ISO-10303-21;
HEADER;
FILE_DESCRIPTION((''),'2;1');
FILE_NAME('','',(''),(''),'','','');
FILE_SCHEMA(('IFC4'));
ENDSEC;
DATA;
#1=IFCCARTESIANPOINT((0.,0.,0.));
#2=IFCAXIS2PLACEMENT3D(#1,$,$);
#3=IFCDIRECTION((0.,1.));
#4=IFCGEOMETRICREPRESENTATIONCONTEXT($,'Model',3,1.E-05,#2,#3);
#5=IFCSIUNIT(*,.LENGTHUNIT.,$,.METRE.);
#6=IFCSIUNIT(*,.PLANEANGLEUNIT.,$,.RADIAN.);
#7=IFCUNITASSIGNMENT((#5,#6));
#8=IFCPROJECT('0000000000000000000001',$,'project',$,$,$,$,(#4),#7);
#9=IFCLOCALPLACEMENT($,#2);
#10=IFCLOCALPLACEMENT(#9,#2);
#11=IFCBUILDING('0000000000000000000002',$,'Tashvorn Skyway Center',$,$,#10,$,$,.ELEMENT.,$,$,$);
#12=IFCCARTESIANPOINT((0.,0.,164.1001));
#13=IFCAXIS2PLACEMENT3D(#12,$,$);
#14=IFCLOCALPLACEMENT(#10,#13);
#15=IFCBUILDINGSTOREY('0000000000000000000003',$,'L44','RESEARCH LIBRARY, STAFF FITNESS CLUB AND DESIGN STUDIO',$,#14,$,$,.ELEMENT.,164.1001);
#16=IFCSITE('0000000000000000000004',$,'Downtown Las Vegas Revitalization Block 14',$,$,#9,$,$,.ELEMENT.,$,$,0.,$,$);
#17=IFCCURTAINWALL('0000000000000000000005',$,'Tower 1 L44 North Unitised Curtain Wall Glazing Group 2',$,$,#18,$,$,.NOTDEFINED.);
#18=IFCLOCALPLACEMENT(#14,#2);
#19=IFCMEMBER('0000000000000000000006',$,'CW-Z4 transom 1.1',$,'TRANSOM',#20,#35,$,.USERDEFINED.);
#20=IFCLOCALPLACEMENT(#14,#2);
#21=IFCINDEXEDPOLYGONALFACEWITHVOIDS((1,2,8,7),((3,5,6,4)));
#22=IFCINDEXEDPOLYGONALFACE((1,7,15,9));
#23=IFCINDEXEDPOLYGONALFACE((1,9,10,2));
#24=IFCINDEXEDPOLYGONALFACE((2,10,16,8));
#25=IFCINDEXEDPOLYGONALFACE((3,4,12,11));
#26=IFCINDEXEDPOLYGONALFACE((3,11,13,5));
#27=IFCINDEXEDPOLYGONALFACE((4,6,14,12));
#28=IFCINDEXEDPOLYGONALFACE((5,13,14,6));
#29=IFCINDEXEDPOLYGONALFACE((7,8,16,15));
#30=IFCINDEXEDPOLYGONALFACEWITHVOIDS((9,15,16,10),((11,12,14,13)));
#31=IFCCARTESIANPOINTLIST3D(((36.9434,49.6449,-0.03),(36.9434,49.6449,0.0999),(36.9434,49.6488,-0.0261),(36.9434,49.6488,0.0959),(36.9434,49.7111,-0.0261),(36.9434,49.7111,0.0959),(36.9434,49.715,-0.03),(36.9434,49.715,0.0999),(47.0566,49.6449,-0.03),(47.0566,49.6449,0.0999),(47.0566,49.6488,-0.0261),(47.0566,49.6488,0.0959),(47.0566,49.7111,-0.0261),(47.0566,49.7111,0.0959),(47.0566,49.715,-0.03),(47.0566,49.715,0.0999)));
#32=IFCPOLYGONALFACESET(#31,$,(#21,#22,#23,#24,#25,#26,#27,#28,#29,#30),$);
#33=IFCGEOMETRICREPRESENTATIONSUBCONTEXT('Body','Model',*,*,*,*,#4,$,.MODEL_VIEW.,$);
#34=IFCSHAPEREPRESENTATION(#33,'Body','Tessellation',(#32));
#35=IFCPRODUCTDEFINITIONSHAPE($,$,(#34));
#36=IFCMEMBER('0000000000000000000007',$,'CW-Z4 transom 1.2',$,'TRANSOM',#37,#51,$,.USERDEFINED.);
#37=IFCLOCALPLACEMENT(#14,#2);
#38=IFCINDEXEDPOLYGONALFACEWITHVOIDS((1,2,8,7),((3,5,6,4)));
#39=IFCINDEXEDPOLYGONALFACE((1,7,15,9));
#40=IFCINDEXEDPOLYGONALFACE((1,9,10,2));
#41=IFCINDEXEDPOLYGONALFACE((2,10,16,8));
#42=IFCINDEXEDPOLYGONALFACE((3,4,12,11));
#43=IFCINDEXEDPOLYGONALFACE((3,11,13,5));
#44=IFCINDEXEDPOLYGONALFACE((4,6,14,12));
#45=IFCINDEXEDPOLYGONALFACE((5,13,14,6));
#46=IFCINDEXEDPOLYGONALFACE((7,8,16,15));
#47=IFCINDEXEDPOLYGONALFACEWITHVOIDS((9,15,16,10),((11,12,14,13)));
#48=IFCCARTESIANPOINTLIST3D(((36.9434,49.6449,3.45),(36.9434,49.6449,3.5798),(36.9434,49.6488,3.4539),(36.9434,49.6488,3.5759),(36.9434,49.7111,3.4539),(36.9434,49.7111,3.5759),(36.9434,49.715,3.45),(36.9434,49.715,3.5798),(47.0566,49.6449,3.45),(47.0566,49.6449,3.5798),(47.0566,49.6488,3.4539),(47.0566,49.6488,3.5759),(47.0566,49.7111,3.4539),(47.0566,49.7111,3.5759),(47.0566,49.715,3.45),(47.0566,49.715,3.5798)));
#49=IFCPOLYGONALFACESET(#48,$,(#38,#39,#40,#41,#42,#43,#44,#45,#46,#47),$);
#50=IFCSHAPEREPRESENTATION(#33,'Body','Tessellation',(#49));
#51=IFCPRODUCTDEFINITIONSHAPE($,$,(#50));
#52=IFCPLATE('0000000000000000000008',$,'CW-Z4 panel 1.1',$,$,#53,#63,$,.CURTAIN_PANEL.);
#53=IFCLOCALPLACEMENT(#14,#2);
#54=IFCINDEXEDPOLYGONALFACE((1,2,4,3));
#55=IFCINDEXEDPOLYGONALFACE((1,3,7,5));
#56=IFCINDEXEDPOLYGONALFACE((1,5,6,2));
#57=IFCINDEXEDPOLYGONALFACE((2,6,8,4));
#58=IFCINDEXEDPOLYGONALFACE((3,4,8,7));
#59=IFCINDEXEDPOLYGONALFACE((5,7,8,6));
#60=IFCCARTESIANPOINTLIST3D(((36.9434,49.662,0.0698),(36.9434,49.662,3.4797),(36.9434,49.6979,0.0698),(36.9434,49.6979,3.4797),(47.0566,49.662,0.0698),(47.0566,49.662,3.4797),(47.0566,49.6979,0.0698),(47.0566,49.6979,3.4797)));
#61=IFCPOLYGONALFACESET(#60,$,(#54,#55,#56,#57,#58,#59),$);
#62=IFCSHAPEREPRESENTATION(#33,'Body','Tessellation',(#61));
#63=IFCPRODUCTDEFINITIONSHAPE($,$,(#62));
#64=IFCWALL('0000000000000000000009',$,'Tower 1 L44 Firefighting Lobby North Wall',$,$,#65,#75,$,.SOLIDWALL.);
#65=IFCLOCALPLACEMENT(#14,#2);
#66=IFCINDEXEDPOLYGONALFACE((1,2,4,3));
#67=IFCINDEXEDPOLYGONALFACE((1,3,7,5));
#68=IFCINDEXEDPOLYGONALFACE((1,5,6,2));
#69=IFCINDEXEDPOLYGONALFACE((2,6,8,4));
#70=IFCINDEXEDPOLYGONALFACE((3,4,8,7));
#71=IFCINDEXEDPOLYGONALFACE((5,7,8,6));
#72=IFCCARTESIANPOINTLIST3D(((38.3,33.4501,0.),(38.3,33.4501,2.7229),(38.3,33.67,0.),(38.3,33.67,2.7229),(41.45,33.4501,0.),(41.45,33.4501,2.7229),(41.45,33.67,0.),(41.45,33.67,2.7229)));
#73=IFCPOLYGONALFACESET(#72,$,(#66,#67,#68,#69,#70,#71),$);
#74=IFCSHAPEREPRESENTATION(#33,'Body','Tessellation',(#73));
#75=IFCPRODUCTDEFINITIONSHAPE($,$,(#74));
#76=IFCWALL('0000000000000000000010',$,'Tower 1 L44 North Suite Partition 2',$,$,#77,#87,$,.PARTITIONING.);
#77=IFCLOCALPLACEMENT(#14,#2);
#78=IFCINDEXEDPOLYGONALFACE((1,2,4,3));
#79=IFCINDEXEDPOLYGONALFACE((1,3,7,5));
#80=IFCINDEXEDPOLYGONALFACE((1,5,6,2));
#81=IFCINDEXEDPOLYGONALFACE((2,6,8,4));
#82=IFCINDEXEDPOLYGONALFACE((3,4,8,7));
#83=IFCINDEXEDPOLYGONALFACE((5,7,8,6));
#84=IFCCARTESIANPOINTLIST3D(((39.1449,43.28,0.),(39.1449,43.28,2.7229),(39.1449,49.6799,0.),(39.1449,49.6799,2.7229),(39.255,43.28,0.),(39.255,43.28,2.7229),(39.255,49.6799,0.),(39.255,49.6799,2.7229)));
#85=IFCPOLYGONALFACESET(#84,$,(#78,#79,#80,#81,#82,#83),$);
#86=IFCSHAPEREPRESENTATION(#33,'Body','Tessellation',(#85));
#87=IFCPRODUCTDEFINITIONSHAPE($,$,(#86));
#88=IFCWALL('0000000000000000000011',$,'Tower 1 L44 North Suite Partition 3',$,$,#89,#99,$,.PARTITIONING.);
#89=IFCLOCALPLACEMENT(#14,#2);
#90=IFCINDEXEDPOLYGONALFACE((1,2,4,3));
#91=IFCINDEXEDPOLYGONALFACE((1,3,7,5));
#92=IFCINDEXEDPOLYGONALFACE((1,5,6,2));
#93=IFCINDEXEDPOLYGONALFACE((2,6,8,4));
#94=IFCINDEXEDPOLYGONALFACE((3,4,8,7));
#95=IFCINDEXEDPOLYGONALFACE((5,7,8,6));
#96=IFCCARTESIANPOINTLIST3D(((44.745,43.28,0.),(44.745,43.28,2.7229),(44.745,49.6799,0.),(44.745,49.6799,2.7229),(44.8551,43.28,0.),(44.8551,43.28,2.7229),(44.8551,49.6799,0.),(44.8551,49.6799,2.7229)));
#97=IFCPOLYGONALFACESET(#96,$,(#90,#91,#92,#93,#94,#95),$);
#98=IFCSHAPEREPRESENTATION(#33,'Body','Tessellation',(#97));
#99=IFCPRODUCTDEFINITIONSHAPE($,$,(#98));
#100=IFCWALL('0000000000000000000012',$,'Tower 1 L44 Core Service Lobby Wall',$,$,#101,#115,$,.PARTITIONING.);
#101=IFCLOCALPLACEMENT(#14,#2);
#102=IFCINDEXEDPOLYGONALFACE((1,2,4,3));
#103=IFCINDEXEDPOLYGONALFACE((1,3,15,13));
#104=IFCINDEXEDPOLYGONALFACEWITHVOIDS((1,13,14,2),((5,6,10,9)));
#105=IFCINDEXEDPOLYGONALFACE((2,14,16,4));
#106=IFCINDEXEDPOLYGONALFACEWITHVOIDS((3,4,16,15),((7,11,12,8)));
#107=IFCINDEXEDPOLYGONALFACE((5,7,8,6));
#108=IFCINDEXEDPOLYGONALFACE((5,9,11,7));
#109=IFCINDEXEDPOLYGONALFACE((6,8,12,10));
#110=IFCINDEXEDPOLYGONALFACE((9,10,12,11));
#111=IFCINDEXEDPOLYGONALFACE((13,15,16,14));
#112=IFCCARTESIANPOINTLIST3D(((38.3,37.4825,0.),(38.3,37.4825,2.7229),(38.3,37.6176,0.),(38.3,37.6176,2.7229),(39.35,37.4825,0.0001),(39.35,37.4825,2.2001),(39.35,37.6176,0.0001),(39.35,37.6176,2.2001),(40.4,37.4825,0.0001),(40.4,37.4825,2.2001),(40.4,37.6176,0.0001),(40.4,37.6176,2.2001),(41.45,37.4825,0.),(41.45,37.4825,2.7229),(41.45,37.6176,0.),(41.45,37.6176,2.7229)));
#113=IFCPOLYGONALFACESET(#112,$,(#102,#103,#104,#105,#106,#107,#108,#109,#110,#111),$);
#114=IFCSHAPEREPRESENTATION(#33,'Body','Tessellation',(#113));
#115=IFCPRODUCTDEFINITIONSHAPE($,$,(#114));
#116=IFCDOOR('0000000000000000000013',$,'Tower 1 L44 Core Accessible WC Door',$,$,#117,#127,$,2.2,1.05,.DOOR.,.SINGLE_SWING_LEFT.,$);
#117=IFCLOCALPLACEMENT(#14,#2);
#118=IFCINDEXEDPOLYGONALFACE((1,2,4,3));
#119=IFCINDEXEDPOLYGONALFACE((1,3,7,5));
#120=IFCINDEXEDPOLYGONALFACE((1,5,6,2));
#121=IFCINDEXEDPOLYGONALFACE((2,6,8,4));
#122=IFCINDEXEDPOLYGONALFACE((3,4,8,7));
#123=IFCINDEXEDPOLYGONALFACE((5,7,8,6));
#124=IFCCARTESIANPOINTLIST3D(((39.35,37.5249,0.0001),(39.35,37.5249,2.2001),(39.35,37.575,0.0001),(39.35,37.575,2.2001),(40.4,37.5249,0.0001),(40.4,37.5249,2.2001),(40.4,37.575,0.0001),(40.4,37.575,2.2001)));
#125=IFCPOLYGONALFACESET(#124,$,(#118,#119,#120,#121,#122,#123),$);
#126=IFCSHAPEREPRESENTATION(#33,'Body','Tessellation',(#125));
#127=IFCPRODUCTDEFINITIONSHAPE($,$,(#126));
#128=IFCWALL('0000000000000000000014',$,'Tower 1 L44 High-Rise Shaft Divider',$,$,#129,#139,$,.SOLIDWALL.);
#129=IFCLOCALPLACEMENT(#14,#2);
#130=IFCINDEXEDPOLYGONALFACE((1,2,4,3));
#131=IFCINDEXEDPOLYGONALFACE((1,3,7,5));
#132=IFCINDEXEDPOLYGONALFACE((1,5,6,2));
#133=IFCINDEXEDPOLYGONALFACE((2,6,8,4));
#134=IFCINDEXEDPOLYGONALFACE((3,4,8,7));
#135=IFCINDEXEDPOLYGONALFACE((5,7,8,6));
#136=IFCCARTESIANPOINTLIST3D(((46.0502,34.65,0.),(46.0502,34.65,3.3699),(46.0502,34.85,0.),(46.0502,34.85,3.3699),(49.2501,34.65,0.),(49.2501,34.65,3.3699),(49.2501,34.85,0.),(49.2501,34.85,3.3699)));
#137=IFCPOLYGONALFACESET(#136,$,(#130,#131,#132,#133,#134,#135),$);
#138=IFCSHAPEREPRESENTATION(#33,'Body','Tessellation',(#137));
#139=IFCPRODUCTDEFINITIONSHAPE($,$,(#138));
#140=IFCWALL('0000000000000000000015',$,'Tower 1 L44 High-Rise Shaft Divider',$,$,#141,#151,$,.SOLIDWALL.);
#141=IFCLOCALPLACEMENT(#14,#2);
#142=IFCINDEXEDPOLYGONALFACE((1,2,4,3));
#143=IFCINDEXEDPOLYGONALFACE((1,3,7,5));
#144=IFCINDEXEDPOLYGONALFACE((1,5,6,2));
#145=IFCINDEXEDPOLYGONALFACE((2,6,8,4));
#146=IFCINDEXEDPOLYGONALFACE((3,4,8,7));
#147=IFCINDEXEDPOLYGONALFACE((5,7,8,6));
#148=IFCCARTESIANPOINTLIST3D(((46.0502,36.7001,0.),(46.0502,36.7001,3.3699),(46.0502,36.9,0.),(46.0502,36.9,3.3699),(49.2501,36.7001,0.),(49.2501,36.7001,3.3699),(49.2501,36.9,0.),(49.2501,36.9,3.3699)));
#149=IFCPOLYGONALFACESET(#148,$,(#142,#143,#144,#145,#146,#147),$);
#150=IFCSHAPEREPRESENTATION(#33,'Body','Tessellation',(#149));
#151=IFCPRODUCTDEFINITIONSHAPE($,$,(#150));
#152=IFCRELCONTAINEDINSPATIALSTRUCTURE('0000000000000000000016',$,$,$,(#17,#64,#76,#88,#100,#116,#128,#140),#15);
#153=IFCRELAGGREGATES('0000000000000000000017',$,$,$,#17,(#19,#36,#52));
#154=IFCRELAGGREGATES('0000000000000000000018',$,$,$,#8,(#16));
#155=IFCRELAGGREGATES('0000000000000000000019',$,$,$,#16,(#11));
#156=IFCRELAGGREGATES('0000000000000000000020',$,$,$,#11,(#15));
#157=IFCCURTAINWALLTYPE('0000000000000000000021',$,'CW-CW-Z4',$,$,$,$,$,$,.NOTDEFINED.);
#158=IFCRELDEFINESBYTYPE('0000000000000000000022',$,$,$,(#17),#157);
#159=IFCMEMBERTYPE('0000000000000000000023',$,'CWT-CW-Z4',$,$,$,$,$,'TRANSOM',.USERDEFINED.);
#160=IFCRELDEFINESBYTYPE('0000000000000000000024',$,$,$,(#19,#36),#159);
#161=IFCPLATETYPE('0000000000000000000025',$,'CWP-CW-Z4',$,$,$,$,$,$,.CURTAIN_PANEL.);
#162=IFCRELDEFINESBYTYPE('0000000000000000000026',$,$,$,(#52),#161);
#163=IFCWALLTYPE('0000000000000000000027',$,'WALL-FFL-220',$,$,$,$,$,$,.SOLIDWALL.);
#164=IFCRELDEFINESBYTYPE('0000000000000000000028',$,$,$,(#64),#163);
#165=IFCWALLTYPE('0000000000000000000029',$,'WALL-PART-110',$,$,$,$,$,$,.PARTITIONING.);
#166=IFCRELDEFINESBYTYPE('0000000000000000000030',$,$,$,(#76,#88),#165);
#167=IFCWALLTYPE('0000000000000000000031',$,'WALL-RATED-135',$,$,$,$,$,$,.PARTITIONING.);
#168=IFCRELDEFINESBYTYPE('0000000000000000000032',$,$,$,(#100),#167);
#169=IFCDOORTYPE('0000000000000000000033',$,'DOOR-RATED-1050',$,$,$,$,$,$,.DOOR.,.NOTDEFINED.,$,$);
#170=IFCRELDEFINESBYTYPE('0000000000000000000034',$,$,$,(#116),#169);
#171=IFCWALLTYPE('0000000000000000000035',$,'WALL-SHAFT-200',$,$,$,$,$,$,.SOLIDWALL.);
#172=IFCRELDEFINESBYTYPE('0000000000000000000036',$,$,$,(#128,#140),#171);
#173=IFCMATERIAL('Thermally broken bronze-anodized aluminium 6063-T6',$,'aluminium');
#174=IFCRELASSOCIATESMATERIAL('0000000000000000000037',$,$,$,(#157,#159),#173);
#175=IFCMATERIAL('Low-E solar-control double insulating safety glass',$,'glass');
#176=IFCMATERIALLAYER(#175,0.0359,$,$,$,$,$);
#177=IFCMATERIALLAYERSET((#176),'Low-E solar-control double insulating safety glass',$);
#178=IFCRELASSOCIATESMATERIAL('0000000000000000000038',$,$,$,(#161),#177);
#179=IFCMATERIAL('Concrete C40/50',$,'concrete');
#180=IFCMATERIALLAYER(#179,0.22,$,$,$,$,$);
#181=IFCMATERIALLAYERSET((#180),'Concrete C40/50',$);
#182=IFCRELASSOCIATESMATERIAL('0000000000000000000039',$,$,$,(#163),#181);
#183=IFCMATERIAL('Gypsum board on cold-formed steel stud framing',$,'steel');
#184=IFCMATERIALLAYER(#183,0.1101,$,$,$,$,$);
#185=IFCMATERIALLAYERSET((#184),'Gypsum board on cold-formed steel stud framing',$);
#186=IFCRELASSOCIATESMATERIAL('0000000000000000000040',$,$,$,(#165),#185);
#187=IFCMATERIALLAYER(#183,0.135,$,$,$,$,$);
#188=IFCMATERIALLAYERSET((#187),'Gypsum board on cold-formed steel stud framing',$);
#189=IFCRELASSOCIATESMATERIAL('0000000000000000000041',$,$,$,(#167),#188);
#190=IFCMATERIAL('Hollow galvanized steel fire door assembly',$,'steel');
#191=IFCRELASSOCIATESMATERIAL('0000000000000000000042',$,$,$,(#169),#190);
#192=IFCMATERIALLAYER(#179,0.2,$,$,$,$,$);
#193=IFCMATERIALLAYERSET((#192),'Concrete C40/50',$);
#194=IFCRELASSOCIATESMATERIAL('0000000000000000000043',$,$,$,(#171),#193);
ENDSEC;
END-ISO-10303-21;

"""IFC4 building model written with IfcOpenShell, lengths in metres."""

from ifc_helpers import new_model, si_unit, direction, frame, frame_2d, origin, origin_2d, place, context, subcontext, project, spatial, rectangle, hollow_rectangle, extrude, material, layer, layer_set, material_profile, profile_set, type_object, element, fill, aggregate, save


model = new_model("IFC4")

# Units and contexts
model_context = context("Model", 3, precision=1e-05, world=origin(), true_north=direction((0.0, 1.0)))
body_context = subcontext(model_context, "Body", "Model", "MODEL_VIEW")
ifc_project = project(units=[si_unit("LENGTHUNIT", "METRE"), si_unit("PLANEANGLEUNIT", "RADIAN")], contexts=[model_context])

# Site, building, storey
site_placement = place(None, origin())
site = spatial("IfcSite", under=ifc_project, at=site_placement, Name="Downtown Las Vegas Revitalization Block 14", CompositionType="ELEMENT", RefElevation=0.0)
building_placement = place(site_placement, origin())
building = spatial("IfcBuilding", under=site, at=building_placement, Name="Tashvorn Skyway Center", CompositionType="ELEMENT")
storey_placement = place(building_placement, frame((0.0, 0.0, 164.1001)))
storey = spatial("IfcBuildingStorey", under=building, at=storey_placement, Name="L44", Description="RESEARCH LIBRARY, STAFF FITNESS CLUB AND DESIGN STUDIO", CompositionType="ELEMENT", Elevation=164.1001)

# Shared definitions
ifc_material_1 = material(Name="Thermally broken bronze-anodized aluminium 6063-T6", Category="aluminium")
curtain_wall_type = type_object("IfcCurtainWallType", Name="CW-CW-Z4", PredefinedType="NOTDEFINED", material=ifc_material_1)

# Curtain wall
curtain_wall_1_placement = place(storey_placement, origin())
curtain_wall_1 = element("IfcCurtainWall", 1, at=curtain_wall_1_placement, inside=storey, type_object=curtain_wall_type, Name="Tower 1 L44 North Unitised Curtain Wall Glazing Group 2", PredefinedType="NOTDEFINED")

# Members
ifc_material_profile_1 = material_profile(ifc_material_1, hollow_rectangle(XDim=0.0701, YDim=0.1299, WallThickness=0.0039, at=origin_2d()), Name="ALU-TRAN-70x130")
ifc_profile_set_1 = profile_set([ifc_material_profile_1], Name="Thermally broken bronze-anodized aluminium 6063-T6")
member_type_1 = type_object("IfcMemberType", Name="CWT-CW-Z4", ElementType="TRANSOM", PredefinedType="USERDEFINED", material=ifc_profile_set_1)
member_1_placement = place(storey_placement, frame((36.9434, 49.6799, 0.0349), z_axis=(1.0, 0.0, 0.0), x_axis=(0.0, 1.0, 0.0)))
member_1 = element("IfcMember", 2, at=member_1_placement, type_object=member_type_1, Name="CW-Z4 transom 1.1", ObjectType="TRANSOM", PredefinedType="USERDEFINED", context=body_context, shape_type="SweptSolid", body=[
    extrude(hollow_rectangle(XDim=0.0701, YDim=0.1299, WallThickness=0.0039, at=origin_2d()), origin(), (0.0, 0.0, 1.0), 10.1133),
])
member_2_placement = place(storey_placement, frame((36.9434, 49.6799, 3.5149), z_axis=(1.0, 0.0, 0.0), x_axis=(0.0, 1.0, 0.0)))
member_2 = element("IfcMember", 3, at=member_2_placement, type_object=member_type_1, Name="CW-Z4 transom 1.2", ObjectType="TRANSOM", PredefinedType="USERDEFINED", context=body_context, shape_type="SweptSolid", body=[
    extrude(hollow_rectangle(XDim=0.0701, YDim=0.1299, WallThickness=0.0039, at=origin_2d()), origin(), (0.0, 0.0, 1.0), 10.1133),
])

# Plate
ifc_material_2 = material(Name="Low-E solar-control double insulating safety glass", Category="glass")
ifc_layer_1 = layer(ifc_material_2, 0.0359)
ifc_layer_set_1 = layer_set([ifc_layer_1], Name="Low-E solar-control double insulating safety glass")
plate_type = type_object("IfcPlateType", Name="CWP-CW-Z4", PredefinedType="CURTAIN_PANEL", material=ifc_layer_set_1)
plate_placement = place(storey_placement, frame((42.0, 49.6799, 0.0698), z_axis=(0.0, 0.0, 1.0), x_axis=(1.0, 0.0, 0.0)))
plate = element("IfcPlate", 4, at=plate_placement, type_object=plate_type, Name="CW-Z4 panel 1.1", PredefinedType="CURTAIN_PANEL", context=body_context, shape_type="SweptSolid", body=[
    extrude(rectangle(XDim=10.1133, YDim=0.0359, at=origin_2d()), origin(), (0.0, 0.0, 1.0), 3.4099),
])
aggregate(curtain_wall_1, [member_1, member_2, plate])

# Walls
ifc_material_3 = material(Name="Concrete C40/50", Category="concrete")
ifc_layer_2 = layer(ifc_material_3, 0.22)
ifc_layer_set_2 = layer_set([ifc_layer_2], Name="Concrete C40/50")
wall_type_1 = type_object("IfcWallType", Name="WALL-FFL-220", PredefinedType="SOLIDWALL", material=ifc_layer_set_2)
wall_1_placement = place(storey_placement, frame((38.3, 33.5601, 0.0), z_axis=(0.0, 0.0, 1.0), x_axis=(1.0, 0.0, 0.0)))
element("IfcWall", 5, at=wall_1_placement, inside=storey, type_object=wall_type_1, Name="Tower 1 L44 Firefighting Lobby North Wall", PredefinedType="SOLIDWALL", context=body_context, shape_type="SweptSolid", body=[
    extrude(rectangle(XDim=3.1499, YDim=0.22, at=frame_2d((1.575, 0.0))), origin(), (0.0, 0.0, 1.0), 2.7229),
])
ifc_material_4 = material(Name="Gypsum board on cold-formed steel stud framing", Category="steel")
ifc_layer_3 = layer(ifc_material_4, 0.1101)
ifc_layer_set_3 = layer_set([ifc_layer_3], Name="Gypsum board on cold-formed steel stud framing")
wall_type_2 = type_object("IfcWallType", Name="WALL-PART-110", PredefinedType="PARTITIONING", material=ifc_layer_set_3)
for number, where, z_axis, x_axis, name in (
    (6, (39.2, 43.28, 0.0), (0.0, 0.0, 1.0), (0.0, 1.0, 0.0), "Tower 1 L44 North Suite Partition 2"),
    (7, (44.8, 43.28, 0.0), (0.0, 0.0, 1.0), (0.0, 1.0, 0.0), "Tower 1 L44 North Suite Partition 3"),
):
    element("IfcWall", number, at=place(storey_placement, frame(where, z_axis=z_axis, x_axis=x_axis)), inside=storey, type_object=wall_type_2, Name=name, PredefinedType="PARTITIONING", context=body_context, shape_type="SweptSolid", body=[
        extrude(rectangle(XDim=6.3999, YDim=0.1101, at=frame_2d((3.2, 0.0))), origin(), (0.0, 0.0, 1.0), 2.7229),
    ])

# Wall, opening, door
ifc_layer_4 = layer(ifc_material_4, 0.135)
ifc_layer_set_4 = layer_set([ifc_layer_4], Name="Gypsum board on cold-formed steel stud framing")
wall_type_3 = type_object("IfcWallType", Name="WALL-RATED-135", PredefinedType="PARTITIONING", material=ifc_layer_set_4)
wall_2_placement = place(storey_placement, frame((38.3, 37.55, 0.0), z_axis=(0.0, 0.0, 1.0), x_axis=(1.0, 0.0, 0.0)))
wall_2 = element("IfcWall", 8, at=wall_2_placement, inside=storey, type_object=wall_type_3, Name="Tower 1 L44 Core Service Lobby Wall", PredefinedType="PARTITIONING", context=body_context, shape_type="SweptSolid", body=[
    extrude(rectangle(XDim=3.1499, YDim=0.135, at=frame_2d((1.575, 0.0))), origin(), (0.0, 0.0, 1.0), 2.7229),
])
opening_1_placement = place(wall_2_placement, frame((1.05, 0.0, 0.0)))
opening_1 = element("IfcOpeningElement", 9, at=opening_1_placement, cuts=wall_2, PredefinedType="OPENING", context=body_context, shape_type="SweptSolid", body=[
    extrude(rectangle(XDim=1.05, YDim=2.2, at=frame_2d((0.5249, 1.1001))), frame((0.0, 0.0774, 0.0), z_axis=(0.0, -1.0, 0.0), x_axis=(1.0, 0.0, 0.0)), (0.0, 0.0, 1.0), 0.155),
])
ifc_material_5 = material(Name="Hollow galvanized steel fire door assembly", Category="steel")
door_type_1 = type_object("IfcDoorType", Name="DOOR-RATED-1050", OperationType="NOTDEFINED", PredefinedType="DOOR", material=ifc_material_5)
door_1_placement = place(opening_1_placement, origin())
door_1 = element("IfcDoor", 10, at=door_1_placement, inside=storey, type_object=door_type_1, Name="Tower 1 L44 Core Accessible WC Door", OperationType="SINGLE_SWING_LEFT", OverallHeight=2.2, OverallWidth=1.05, PredefinedType="DOOR", context=body_context, shape_type="SweptSolid", body=[
    extrude(rectangle(XDim=1.05, YDim=2.2, at=frame_2d((0.5249, 1.1001))), frame((0.0, 0.0249, 0.0), z_axis=(0.0, -1.0, 0.0), x_axis=(1.0, 0.0, 0.0)), (0.0, 0.0, 1.0), 0.05),
])
fill(opening_1, door_1)

# Walls
ifc_layer_5 = layer(ifc_material_3, 0.2)
ifc_layer_set_5 = layer_set([ifc_layer_5], Name="Concrete C40/50")
wall_type_4 = type_object("IfcWallType", Name="WALL-SHAFT-200", PredefinedType="SOLIDWALL", material=ifc_layer_set_5)
for number, where, z_axis, x_axis, name in (
    (11, (46.05, 34.75, 0.0), (0.0, 0.0, 1.0), (1.0, 0.0, 0.0), "Tower 1 L44 High-Rise Shaft Divider"),
    (12, (46.05, 36.8, 0.0), (0.0, 0.0, 1.0), (1.0, 0.0, 0.0), "Tower 1 L44 High-Rise Shaft Divider"),
):
    element("IfcWall", number, at=place(storey_placement, frame(where, z_axis=z_axis, x_axis=x_axis)), inside=storey, type_object=wall_type_4, Name=name, PredefinedType="SOLIDWALL", context=body_context, shape_type="SweptSolid", body=[
        extrude(rectangle(XDim=3.2, YDim=0.2, at=frame_2d((1.6001, 0.0))), origin(), (0.0, 0.0, 1.0), 3.3699),
    ])

save(model, "model.ifc")
